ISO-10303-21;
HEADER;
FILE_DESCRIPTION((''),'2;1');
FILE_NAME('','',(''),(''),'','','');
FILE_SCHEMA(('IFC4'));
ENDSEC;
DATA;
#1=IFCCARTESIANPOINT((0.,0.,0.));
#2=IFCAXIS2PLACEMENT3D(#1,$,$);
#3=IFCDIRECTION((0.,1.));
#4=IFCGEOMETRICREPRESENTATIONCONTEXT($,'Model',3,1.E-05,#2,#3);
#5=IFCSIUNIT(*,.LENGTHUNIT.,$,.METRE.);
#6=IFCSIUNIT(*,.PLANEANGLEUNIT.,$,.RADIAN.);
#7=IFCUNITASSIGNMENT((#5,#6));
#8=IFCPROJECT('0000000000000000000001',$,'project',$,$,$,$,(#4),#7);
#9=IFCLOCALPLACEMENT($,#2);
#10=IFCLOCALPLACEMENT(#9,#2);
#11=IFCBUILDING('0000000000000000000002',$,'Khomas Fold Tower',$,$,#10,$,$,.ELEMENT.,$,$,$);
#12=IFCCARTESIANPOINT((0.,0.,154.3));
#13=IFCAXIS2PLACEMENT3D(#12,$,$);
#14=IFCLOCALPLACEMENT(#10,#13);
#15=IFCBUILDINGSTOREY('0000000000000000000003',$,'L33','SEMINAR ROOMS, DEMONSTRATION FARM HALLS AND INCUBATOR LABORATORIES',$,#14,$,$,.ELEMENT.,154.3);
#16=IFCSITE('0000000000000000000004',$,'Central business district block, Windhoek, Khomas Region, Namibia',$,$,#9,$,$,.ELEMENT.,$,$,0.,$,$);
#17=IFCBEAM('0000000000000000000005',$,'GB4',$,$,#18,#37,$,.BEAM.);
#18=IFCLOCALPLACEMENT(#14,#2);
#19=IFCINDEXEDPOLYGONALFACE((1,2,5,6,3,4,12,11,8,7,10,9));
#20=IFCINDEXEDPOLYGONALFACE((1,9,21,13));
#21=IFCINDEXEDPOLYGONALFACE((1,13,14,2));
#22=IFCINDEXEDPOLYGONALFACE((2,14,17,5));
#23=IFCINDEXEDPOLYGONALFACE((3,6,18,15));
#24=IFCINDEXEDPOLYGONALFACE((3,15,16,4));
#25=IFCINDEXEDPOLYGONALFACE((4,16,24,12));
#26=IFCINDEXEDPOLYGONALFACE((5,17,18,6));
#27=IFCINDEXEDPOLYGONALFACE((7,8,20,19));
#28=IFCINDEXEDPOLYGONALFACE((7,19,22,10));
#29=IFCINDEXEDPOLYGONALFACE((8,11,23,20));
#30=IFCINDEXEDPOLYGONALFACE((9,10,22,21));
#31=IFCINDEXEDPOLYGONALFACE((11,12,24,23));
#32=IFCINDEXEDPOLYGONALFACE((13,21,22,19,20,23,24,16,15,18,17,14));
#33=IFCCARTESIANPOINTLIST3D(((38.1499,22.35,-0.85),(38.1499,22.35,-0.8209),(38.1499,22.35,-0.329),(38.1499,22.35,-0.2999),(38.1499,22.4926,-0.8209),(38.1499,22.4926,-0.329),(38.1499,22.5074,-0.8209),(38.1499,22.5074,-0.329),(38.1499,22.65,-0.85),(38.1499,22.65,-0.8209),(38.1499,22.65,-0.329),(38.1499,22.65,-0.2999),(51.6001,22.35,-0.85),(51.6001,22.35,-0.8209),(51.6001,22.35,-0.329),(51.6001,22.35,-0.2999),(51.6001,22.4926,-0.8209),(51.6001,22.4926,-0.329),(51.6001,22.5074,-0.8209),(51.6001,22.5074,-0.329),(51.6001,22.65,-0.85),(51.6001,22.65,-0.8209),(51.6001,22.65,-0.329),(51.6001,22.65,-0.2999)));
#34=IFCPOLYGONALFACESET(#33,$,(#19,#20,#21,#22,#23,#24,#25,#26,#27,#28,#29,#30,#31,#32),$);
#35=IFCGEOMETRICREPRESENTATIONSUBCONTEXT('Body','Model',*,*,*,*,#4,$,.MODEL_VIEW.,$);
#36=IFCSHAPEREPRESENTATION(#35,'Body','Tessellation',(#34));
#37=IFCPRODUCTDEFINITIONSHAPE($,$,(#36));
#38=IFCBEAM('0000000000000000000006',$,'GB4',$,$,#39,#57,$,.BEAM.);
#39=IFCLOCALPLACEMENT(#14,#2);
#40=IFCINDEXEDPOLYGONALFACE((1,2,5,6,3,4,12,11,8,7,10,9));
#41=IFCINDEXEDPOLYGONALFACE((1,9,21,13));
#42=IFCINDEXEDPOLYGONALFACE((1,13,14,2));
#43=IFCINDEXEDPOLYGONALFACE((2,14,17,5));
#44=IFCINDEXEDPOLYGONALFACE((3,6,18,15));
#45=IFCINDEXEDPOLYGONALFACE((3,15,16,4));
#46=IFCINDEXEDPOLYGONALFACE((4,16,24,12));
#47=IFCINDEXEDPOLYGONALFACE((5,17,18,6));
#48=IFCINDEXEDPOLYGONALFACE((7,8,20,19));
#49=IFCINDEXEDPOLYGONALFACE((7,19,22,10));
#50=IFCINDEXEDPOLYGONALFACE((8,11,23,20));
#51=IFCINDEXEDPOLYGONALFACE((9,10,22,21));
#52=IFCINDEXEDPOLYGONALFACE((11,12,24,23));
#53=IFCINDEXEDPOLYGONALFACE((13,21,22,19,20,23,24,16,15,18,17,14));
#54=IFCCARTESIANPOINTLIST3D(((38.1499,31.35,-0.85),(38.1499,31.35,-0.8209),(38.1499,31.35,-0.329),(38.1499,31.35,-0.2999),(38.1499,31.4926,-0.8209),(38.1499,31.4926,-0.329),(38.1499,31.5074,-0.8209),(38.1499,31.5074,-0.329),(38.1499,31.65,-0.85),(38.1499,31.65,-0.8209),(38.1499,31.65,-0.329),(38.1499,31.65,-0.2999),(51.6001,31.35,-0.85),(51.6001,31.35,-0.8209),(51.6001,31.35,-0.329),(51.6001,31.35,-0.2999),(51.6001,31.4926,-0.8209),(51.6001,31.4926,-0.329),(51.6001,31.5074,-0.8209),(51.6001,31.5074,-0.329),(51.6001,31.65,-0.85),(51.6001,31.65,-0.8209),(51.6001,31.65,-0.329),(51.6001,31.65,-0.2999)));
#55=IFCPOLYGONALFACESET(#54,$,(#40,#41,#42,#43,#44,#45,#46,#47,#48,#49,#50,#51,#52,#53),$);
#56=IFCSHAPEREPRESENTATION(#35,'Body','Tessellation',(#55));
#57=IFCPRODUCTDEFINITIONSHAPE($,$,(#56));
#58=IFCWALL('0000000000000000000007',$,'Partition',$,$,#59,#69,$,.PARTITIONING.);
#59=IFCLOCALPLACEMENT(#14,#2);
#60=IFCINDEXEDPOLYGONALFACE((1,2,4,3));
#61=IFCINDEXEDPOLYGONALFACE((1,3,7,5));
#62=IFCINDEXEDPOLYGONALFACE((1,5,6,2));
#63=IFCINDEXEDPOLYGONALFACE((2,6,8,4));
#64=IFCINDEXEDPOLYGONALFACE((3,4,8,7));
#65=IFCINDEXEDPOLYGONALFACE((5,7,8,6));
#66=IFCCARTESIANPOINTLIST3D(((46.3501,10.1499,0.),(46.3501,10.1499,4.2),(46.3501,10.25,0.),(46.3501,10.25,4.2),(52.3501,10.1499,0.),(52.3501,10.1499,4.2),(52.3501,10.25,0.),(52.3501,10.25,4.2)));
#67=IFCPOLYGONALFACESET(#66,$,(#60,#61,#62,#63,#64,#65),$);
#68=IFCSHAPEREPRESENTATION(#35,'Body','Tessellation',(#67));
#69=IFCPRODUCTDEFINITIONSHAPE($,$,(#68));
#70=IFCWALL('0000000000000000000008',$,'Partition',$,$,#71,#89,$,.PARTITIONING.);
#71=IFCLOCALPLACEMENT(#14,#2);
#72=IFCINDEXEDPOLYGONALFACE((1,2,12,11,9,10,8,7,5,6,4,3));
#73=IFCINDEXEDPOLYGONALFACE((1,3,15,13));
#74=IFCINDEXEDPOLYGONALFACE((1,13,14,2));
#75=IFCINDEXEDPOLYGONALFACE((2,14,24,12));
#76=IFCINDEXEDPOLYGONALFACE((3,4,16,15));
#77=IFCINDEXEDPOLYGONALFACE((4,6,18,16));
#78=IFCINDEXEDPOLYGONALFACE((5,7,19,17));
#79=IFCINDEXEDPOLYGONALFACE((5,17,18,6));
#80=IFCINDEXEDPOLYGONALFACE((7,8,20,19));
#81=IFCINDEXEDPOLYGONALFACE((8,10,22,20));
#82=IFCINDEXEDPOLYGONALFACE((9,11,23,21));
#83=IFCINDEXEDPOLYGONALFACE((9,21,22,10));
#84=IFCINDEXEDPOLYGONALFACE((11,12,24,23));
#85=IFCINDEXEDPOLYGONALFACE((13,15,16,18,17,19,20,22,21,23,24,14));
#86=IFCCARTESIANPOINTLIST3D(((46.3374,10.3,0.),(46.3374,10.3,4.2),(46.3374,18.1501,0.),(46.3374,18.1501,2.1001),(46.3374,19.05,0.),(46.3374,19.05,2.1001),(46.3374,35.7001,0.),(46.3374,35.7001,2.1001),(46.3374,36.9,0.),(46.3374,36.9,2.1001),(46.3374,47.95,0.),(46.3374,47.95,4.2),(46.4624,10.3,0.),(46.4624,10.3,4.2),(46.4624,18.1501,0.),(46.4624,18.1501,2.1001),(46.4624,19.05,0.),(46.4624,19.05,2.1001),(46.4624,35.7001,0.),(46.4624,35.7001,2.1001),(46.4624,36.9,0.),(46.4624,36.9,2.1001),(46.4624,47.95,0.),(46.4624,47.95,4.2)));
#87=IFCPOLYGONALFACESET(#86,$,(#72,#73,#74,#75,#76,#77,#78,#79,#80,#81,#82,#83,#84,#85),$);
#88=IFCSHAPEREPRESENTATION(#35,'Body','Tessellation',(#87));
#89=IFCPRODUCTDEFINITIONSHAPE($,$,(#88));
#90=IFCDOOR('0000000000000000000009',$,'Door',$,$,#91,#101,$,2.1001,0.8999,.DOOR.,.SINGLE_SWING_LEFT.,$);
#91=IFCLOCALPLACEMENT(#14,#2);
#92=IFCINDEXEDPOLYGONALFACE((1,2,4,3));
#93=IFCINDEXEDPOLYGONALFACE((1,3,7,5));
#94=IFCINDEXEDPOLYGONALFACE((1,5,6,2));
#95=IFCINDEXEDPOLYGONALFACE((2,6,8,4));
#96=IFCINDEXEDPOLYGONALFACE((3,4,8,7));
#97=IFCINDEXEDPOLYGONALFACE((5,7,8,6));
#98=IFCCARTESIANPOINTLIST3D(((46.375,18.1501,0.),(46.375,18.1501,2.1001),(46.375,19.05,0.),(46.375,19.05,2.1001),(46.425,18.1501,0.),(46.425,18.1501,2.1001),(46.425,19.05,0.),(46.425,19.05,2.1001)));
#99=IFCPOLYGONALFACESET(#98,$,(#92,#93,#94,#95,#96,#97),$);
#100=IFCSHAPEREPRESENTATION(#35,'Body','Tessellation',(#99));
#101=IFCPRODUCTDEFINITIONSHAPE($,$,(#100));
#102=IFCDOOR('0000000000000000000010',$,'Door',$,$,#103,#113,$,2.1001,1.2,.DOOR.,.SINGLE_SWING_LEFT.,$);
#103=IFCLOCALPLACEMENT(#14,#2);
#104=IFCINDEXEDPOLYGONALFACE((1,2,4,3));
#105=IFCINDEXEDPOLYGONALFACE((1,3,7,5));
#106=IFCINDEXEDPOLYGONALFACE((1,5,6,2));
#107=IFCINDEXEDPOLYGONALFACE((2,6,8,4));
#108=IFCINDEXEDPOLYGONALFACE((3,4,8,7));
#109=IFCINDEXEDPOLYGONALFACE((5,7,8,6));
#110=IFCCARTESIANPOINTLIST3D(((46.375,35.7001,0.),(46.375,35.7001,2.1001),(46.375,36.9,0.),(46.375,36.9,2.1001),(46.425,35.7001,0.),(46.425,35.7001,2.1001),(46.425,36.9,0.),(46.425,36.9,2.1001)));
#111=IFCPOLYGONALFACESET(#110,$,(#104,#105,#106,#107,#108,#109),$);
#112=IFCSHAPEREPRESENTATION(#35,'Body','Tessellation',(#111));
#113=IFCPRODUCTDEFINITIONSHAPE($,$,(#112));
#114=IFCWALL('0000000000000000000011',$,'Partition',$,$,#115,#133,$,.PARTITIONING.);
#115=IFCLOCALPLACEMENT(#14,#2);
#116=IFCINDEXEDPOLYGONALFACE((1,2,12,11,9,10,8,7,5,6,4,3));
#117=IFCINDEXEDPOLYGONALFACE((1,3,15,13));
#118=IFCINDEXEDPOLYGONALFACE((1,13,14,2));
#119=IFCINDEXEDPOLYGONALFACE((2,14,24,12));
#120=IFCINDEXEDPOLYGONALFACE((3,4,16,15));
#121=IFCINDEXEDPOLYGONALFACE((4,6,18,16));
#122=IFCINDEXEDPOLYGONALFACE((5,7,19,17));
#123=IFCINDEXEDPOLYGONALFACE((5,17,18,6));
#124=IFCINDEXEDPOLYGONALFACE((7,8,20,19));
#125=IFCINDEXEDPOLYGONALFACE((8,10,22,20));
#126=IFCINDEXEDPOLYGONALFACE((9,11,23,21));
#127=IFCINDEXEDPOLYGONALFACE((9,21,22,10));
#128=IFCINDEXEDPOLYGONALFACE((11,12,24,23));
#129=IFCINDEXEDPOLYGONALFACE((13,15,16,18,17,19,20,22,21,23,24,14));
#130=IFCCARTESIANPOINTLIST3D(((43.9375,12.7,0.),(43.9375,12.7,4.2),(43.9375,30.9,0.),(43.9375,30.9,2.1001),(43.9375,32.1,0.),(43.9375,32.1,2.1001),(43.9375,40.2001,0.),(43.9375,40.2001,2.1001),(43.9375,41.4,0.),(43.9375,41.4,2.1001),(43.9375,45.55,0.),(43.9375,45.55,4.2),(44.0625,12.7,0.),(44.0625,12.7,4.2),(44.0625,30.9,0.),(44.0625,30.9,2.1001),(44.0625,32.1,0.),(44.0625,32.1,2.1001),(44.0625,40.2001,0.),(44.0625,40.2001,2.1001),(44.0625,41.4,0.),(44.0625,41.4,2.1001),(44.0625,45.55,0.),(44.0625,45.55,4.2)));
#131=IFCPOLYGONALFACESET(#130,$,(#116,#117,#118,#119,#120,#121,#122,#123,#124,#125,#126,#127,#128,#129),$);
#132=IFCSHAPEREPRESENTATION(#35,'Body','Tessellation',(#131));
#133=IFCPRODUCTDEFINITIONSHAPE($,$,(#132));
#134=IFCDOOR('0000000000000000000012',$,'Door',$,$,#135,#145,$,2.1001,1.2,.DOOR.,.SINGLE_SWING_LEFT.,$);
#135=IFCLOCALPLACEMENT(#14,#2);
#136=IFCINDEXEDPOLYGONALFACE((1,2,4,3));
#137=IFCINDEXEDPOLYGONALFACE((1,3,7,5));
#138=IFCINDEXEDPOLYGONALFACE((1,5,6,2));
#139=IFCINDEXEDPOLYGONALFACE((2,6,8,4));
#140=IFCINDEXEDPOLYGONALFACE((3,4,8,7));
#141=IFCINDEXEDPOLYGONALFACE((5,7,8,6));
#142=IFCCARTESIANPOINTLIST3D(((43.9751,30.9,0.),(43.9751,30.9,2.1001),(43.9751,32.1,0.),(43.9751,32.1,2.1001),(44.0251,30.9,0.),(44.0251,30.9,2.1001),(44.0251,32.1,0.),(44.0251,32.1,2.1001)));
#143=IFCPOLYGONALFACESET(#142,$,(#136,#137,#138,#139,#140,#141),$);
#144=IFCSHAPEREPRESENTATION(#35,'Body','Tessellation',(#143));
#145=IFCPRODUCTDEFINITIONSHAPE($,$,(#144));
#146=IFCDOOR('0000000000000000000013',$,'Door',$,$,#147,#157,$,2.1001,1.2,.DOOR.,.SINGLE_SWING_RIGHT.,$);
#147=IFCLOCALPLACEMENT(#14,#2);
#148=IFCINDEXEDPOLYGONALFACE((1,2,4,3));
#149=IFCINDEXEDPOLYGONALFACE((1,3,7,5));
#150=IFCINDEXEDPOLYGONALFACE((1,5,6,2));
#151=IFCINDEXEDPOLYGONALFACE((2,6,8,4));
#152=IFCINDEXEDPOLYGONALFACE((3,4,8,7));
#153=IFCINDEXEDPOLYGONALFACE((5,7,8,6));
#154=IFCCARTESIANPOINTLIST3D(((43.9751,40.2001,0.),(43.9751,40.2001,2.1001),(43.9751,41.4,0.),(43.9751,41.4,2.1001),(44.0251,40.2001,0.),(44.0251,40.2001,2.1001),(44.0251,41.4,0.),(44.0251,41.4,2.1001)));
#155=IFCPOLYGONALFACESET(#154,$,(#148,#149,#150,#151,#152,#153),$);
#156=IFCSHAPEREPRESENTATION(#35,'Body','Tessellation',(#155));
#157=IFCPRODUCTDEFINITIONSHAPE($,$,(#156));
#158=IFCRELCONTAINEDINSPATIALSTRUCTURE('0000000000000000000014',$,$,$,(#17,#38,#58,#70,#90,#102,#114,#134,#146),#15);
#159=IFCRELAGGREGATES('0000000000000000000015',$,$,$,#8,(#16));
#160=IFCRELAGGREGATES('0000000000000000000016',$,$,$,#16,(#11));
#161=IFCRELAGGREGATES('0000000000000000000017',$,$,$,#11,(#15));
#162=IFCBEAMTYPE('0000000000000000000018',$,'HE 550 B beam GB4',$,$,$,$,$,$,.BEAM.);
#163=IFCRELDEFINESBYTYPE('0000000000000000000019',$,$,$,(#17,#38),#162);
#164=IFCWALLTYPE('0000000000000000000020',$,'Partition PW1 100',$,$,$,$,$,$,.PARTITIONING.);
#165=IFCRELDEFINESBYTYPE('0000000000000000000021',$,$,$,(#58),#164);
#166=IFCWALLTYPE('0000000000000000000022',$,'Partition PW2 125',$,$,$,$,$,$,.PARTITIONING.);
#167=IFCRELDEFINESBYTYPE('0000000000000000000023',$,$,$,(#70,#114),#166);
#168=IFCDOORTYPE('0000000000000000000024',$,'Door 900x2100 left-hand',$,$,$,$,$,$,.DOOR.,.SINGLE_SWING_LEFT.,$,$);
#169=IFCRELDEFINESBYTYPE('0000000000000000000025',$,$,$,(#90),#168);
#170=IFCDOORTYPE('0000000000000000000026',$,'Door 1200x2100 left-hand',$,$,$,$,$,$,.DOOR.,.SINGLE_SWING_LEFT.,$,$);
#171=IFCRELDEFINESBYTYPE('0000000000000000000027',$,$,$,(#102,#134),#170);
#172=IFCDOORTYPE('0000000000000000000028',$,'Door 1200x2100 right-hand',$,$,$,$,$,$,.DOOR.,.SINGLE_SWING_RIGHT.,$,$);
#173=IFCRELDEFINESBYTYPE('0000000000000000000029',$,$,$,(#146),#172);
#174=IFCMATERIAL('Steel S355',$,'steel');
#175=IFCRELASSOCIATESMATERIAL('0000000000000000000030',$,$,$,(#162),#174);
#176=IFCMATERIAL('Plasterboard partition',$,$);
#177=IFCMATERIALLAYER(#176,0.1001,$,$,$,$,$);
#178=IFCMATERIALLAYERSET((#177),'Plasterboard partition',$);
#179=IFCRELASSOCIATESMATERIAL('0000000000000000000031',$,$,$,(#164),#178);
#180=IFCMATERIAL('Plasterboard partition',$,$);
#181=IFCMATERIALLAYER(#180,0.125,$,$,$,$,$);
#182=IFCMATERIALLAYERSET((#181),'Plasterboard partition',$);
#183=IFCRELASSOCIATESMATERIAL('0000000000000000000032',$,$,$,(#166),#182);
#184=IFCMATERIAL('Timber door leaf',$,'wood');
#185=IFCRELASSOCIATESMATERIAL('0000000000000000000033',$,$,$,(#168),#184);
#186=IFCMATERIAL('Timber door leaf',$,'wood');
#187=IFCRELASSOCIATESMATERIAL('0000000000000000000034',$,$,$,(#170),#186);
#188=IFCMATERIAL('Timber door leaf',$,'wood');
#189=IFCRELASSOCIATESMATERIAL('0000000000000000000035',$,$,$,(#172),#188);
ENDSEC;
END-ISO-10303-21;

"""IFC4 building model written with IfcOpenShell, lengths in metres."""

from ifc_helpers import new_model, si_unit, direction, frame, frame_2d, origin, origin_2d, place, context, subcontext, project, spatial, rectangle, i_section, extrude, source, transform, mapped, material, layer, layer_set, material_profile, profile_set, type_object, element, fill, save


model = new_model("IFC4")

# Units and contexts
model_context = context("Model", 3, precision=1e-05, world=origin(), true_north=direction((0.0, 1.0)))
body_context = subcontext(model_context, "Body", "Model", "MODEL_VIEW")
ifc_project = project(units=[si_unit("LENGTHUNIT", "METRE"), si_unit("PLANEANGLEUNIT", "RADIAN")], contexts=[model_context])

# Site, building, storey
site_placement = place(None, origin())
site = spatial("IfcSite", under=ifc_project, at=site_placement, Name="Central business district block, Windhoek, Khomas Region, Namibia", CompositionType="ELEMENT", RefElevation=0.0)
building_placement = place(site_placement, origin())
building = spatial("IfcBuilding", under=site, at=building_placement, Name="Khomas Fold Tower", CompositionType="ELEMENT")
storey_placement = place(building_placement, frame((0.0, 0.0, 154.3)))
storey = spatial("IfcBuildingStorey", under=building, at=storey_placement, Name="L33", Description="SEMINAR ROOMS, DEMONSTRATION FARM HALLS AND INCUBATOR LABORATORIES", CompositionType="ELEMENT", Elevation=154.3)

# Beams
ifc_material_1 = material(Name="Steel S355", Category="steel")
ifc_material_profile_1 = material_profile(ifc_material_1, i_section(OverallWidth=0.3, OverallDepth=0.55, WebThickness=0.0149, FlangeThickness=0.0291, at=origin_2d()), Name="HE 550 B")
ifc_profile_set_1 = profile_set([ifc_material_profile_1], Name="Steel S355")
beam_type_1 = type_object("IfcBeamType", Name="HE 550 B beam GB4", PredefinedType="BEAM", material=ifc_profile_set_1)
shared_shape_1 = source(origin(), body_context, "Body", "SweptSolid", [
    extrude(i_section(OverallWidth=0.3, OverallDepth=0.55, WebThickness=0.0149, FlangeThickness=0.0291, at=origin_2d()), origin(), (0.0, 0.0, 1.0), 13.4502),
])
for number, where, z_axis, x_axis, name in (
    (1, (38.1499, 22.5, -0.575), (1.0, 0.0, 0.0), (0.0, 1.0, 0.0), "GB4"),
    (2, (38.1499, 31.5, -0.575), (1.0, 0.0, 0.0), (0.0, 1.0, 0.0), "GB4"),
):
    element("IfcBeam", number, at=place(storey_placement, frame(where, z_axis=z_axis, x_axis=x_axis)), inside=storey, type_object=beam_type_1, Name=name, PredefinedType="BEAM", context=body_context, shape_type="MappedRepresentation", body=[
        mapped(shared_shape_1, transform((0.0, 0.0, 0.0))),
    ])

# Wall
ifc_material_2 = material(Name="Plasterboard partition")
ifc_layer_1 = layer(ifc_material_2, 0.1001)
ifc_layer_set_1 = layer_set([ifc_layer_1], Name="Plasterboard partition")
wall_type_1 = type_object("IfcWallType", Name="Partition PW1 100", PredefinedType="PARTITIONING", material=ifc_layer_set_1)
shared_shape_2 = source(origin(), body_context, "Body", "SweptSolid", [
    extrude(rectangle(XDim=6.0, YDim=0.1001, at=frame_2d((3.0, 0.0))), origin(), (0.0, 0.0, 1.0), 4.2),
])
wall_1_placement = place(storey_placement, frame((46.3501, 10.2, 0.0), z_axis=(0.0, 0.0, 1.0), x_axis=(1.0, 0.0, 0.0)))
element("IfcWall", 3, at=wall_1_placement, inside=storey, type_object=wall_type_1, Name="Partition", PredefinedType="PARTITIONING", context=body_context, shape_type="MappedRepresentation", body=[
    mapped(shared_shape_2, transform((0.0, 0.0, 0.0))),
])

# Walls, openings, doors
ifc_material_3 = material(Name="Plasterboard partition")
ifc_layer_2 = layer(ifc_material_3, 0.125)
ifc_layer_set_2 = layer_set([ifc_layer_2], Name="Plasterboard partition")
wall_type_2 = type_object("IfcWallType", Name="Partition PW2 125", PredefinedType="PARTITIONING", material=ifc_layer_set_2)
shared_shape_3 = source(origin(), body_context, "Body", "SweptSolid", [
    extrude(rectangle(XDim=37.6499, YDim=0.125, at=frame_2d((18.825, 0.0))), origin(), (0.0, 0.0, 1.0), 4.2),
])
wall_2_placement = place(storey_placement, frame((46.3999, 10.3, 0.0), z_axis=(0.0, 0.0, 1.0), x_axis=(0.0, 1.0, 0.0)))
wall_2 = element("IfcWall", 4, at=wall_2_placement, inside=storey, type_object=wall_type_2, Name="Partition", PredefinedType="PARTITIONING", context=body_context, shape_type="MappedRepresentation", body=[
    mapped(shared_shape_3, transform((0.0, 0.0, 0.0))),
])
shared_shape_4 = source(origin(), body_context, "Body", "SweptSolid", [
    extrude(rectangle(XDim=0.8999, YDim=2.1001, at=frame_2d((0.45, 1.05))), frame((0.0, 0.0725, 0.0), z_axis=(0.0, -1.0, 0.0), x_axis=(1.0, 0.0, 0.0)), (0.0, 0.0, 1.0), 0.145),
])
opening_1_placement = place(wall_2_placement, frame((7.8501, 0.0, 0.0)))
opening_1 = element("IfcOpeningElement", 5, at=opening_1_placement, cuts=wall_2, PredefinedType="OPENING", context=body_context, shape_type="MappedRepresentation", body=[
    mapped(shared_shape_4, transform((0.0, 0.0, 0.0))),
])
shared_shape_5 = source(origin(), body_context, "Body", "SweptSolid", [
    extrude(rectangle(XDim=1.2, YDim=2.1001, at=frame_2d((0.6001, 1.05))), frame((0.0, 0.0725, 0.0), z_axis=(0.0, -1.0, 0.0), x_axis=(1.0, 0.0, 0.0)), (0.0, 0.0, 1.0), 0.145),
])
opening_2_placement = place(wall_2_placement, frame((25.3999, 0.0, 0.0)))
opening_2 = element("IfcOpeningElement", 6, at=opening_2_placement, cuts=wall_2, PredefinedType="OPENING", context=body_context, shape_type="MappedRepresentation", body=[
    mapped(shared_shape_5, transform((0.0, 0.0, 0.0))),
])
ifc_material_4 = material(Name="Timber door leaf", Category="wood")
door_type_1 = type_object("IfcDoorType", Name="Door 900x2100 left-hand", OperationType="SINGLE_SWING_LEFT", PredefinedType="DOOR", material=ifc_material_4)
shared_shape_6 = source(origin(), body_context, "Body", "SweptSolid", [
    extrude(rectangle(XDim=0.8999, YDim=2.1001, at=frame_2d((0.45, 1.05))), frame((0.0, 0.0249, 0.0), z_axis=(0.0, -1.0, 0.0), x_axis=(1.0, 0.0, 0.0)), (0.0, 0.0, 1.0), 0.05),
])
door_1_placement = place(opening_1_placement, origin())
door_1 = element("IfcDoor", 7, at=door_1_placement, inside=storey, type_object=door_type_1, Name="Door", OperationType="SINGLE_SWING_LEFT", OverallHeight=2.1001, OverallWidth=0.8999, PredefinedType="DOOR", context=body_context, shape_type="MappedRepresentation", body=[
    mapped(shared_shape_6, transform((0.0, 0.0, 0.0))),
])
fill(opening_1, door_1)
ifc_material_5 = material(Name="Timber door leaf", Category="wood")
door_type_2 = type_object("IfcDoorType", Name="Door 1200x2100 left-hand", OperationType="SINGLE_SWING_LEFT", PredefinedType="DOOR", material=ifc_material_5)
shared_shape_7 = source(origin(), body_context, "Body", "SweptSolid", [
    extrude(rectangle(XDim=1.2, YDim=2.1001, at=frame_2d((0.6001, 1.05))), frame((0.0, 0.0249, 0.0), z_axis=(0.0, -1.0, 0.0), x_axis=(1.0, 0.0, 0.0)), (0.0, 0.0, 1.0), 0.05),
])
door_2_placement = place(opening_2_placement, origin())
door_2 = element("IfcDoor", 8, at=door_2_placement, inside=storey, type_object=door_type_2, Name="Door", OperationType="SINGLE_SWING_LEFT", OverallHeight=2.1001, OverallWidth=1.2, PredefinedType="DOOR", context=body_context, shape_type="MappedRepresentation", body=[
    mapped(shared_shape_7, transform((0.0, 0.0, 0.0))),
])
fill(opening_2, door_2)
shared_shape_8 = source(origin(), body_context, "Body", "SweptSolid", [
    extrude(rectangle(XDim=32.8501, YDim=0.125, at=frame_2d((16.425, 0.0))), origin(), (0.0, 0.0, 1.0), 4.2),
])
wall_3_placement = place(storey_placement, frame((44.0, 12.7, 0.0), z_axis=(0.0, 0.0, 1.0), x_axis=(0.0, 1.0, 0.0)))
wall_3 = element("IfcWall", 9, at=wall_3_placement, inside=storey, type_object=wall_type_2, Name="Partition", PredefinedType="PARTITIONING", context=body_context, shape_type="MappedRepresentation", body=[
    mapped(shared_shape_8, transform((0.0, 0.0, 0.0))),
])
opening_3_placement = place(wall_3_placement, frame((18.2, 0.0, 0.0)))
opening_3 = element("IfcOpeningElement", 10, at=opening_3_placement, cuts=wall_3, PredefinedType="OPENING", context=body_context, shape_type="MappedRepresentation", body=[
    mapped(shared_shape_5, transform((0.0, 0.0, 0.0))),
])
opening_4_placement = place(wall_3_placement, frame((27.5, 0.0, 0.0)))
opening_4 = element("IfcOpeningElement", 11, at=opening_4_placement, cuts=wall_3, PredefinedType="OPENING", context=body_context, shape_type="MappedRepresentation", body=[
    mapped(shared_shape_5, transform((0.0, 0.0, 0.0))),
])
door_3_placement = place(opening_3_placement, origin())
door_3 = element("IfcDoor", 12, at=door_3_placement, inside=storey, type_object=door_type_2, Name="Door", OperationType="SINGLE_SWING_LEFT", OverallHeight=2.1001, OverallWidth=1.2, PredefinedType="DOOR", context=body_context, shape_type="MappedRepresentation", body=[
    mapped(shared_shape_7, transform((0.0, 0.0, 0.0))),
])
fill(opening_3, door_3)
ifc_material_6 = material(Name="Timber door leaf", Category="wood")
door_type_3 = type_object("IfcDoorType", Name="Door 1200x2100 right-hand", OperationType="SINGLE_SWING_RIGHT", PredefinedType="DOOR", material=ifc_material_6)
door_4_placement = place(opening_4_placement, origin())
door_4 = element("IfcDoor", 13, at=door_4_placement, inside=storey, type_object=door_type_3, Name="Door", OperationType="SINGLE_SWING_RIGHT", OverallHeight=2.1001, OverallWidth=1.2, PredefinedType="DOOR", context=body_context, shape_type="MappedRepresentation", body=[
    mapped(shared_shape_7, transform((0.0, 0.0, 0.0))),
])
fill(opening_4, door_4)

save(model, "model.ifc")
